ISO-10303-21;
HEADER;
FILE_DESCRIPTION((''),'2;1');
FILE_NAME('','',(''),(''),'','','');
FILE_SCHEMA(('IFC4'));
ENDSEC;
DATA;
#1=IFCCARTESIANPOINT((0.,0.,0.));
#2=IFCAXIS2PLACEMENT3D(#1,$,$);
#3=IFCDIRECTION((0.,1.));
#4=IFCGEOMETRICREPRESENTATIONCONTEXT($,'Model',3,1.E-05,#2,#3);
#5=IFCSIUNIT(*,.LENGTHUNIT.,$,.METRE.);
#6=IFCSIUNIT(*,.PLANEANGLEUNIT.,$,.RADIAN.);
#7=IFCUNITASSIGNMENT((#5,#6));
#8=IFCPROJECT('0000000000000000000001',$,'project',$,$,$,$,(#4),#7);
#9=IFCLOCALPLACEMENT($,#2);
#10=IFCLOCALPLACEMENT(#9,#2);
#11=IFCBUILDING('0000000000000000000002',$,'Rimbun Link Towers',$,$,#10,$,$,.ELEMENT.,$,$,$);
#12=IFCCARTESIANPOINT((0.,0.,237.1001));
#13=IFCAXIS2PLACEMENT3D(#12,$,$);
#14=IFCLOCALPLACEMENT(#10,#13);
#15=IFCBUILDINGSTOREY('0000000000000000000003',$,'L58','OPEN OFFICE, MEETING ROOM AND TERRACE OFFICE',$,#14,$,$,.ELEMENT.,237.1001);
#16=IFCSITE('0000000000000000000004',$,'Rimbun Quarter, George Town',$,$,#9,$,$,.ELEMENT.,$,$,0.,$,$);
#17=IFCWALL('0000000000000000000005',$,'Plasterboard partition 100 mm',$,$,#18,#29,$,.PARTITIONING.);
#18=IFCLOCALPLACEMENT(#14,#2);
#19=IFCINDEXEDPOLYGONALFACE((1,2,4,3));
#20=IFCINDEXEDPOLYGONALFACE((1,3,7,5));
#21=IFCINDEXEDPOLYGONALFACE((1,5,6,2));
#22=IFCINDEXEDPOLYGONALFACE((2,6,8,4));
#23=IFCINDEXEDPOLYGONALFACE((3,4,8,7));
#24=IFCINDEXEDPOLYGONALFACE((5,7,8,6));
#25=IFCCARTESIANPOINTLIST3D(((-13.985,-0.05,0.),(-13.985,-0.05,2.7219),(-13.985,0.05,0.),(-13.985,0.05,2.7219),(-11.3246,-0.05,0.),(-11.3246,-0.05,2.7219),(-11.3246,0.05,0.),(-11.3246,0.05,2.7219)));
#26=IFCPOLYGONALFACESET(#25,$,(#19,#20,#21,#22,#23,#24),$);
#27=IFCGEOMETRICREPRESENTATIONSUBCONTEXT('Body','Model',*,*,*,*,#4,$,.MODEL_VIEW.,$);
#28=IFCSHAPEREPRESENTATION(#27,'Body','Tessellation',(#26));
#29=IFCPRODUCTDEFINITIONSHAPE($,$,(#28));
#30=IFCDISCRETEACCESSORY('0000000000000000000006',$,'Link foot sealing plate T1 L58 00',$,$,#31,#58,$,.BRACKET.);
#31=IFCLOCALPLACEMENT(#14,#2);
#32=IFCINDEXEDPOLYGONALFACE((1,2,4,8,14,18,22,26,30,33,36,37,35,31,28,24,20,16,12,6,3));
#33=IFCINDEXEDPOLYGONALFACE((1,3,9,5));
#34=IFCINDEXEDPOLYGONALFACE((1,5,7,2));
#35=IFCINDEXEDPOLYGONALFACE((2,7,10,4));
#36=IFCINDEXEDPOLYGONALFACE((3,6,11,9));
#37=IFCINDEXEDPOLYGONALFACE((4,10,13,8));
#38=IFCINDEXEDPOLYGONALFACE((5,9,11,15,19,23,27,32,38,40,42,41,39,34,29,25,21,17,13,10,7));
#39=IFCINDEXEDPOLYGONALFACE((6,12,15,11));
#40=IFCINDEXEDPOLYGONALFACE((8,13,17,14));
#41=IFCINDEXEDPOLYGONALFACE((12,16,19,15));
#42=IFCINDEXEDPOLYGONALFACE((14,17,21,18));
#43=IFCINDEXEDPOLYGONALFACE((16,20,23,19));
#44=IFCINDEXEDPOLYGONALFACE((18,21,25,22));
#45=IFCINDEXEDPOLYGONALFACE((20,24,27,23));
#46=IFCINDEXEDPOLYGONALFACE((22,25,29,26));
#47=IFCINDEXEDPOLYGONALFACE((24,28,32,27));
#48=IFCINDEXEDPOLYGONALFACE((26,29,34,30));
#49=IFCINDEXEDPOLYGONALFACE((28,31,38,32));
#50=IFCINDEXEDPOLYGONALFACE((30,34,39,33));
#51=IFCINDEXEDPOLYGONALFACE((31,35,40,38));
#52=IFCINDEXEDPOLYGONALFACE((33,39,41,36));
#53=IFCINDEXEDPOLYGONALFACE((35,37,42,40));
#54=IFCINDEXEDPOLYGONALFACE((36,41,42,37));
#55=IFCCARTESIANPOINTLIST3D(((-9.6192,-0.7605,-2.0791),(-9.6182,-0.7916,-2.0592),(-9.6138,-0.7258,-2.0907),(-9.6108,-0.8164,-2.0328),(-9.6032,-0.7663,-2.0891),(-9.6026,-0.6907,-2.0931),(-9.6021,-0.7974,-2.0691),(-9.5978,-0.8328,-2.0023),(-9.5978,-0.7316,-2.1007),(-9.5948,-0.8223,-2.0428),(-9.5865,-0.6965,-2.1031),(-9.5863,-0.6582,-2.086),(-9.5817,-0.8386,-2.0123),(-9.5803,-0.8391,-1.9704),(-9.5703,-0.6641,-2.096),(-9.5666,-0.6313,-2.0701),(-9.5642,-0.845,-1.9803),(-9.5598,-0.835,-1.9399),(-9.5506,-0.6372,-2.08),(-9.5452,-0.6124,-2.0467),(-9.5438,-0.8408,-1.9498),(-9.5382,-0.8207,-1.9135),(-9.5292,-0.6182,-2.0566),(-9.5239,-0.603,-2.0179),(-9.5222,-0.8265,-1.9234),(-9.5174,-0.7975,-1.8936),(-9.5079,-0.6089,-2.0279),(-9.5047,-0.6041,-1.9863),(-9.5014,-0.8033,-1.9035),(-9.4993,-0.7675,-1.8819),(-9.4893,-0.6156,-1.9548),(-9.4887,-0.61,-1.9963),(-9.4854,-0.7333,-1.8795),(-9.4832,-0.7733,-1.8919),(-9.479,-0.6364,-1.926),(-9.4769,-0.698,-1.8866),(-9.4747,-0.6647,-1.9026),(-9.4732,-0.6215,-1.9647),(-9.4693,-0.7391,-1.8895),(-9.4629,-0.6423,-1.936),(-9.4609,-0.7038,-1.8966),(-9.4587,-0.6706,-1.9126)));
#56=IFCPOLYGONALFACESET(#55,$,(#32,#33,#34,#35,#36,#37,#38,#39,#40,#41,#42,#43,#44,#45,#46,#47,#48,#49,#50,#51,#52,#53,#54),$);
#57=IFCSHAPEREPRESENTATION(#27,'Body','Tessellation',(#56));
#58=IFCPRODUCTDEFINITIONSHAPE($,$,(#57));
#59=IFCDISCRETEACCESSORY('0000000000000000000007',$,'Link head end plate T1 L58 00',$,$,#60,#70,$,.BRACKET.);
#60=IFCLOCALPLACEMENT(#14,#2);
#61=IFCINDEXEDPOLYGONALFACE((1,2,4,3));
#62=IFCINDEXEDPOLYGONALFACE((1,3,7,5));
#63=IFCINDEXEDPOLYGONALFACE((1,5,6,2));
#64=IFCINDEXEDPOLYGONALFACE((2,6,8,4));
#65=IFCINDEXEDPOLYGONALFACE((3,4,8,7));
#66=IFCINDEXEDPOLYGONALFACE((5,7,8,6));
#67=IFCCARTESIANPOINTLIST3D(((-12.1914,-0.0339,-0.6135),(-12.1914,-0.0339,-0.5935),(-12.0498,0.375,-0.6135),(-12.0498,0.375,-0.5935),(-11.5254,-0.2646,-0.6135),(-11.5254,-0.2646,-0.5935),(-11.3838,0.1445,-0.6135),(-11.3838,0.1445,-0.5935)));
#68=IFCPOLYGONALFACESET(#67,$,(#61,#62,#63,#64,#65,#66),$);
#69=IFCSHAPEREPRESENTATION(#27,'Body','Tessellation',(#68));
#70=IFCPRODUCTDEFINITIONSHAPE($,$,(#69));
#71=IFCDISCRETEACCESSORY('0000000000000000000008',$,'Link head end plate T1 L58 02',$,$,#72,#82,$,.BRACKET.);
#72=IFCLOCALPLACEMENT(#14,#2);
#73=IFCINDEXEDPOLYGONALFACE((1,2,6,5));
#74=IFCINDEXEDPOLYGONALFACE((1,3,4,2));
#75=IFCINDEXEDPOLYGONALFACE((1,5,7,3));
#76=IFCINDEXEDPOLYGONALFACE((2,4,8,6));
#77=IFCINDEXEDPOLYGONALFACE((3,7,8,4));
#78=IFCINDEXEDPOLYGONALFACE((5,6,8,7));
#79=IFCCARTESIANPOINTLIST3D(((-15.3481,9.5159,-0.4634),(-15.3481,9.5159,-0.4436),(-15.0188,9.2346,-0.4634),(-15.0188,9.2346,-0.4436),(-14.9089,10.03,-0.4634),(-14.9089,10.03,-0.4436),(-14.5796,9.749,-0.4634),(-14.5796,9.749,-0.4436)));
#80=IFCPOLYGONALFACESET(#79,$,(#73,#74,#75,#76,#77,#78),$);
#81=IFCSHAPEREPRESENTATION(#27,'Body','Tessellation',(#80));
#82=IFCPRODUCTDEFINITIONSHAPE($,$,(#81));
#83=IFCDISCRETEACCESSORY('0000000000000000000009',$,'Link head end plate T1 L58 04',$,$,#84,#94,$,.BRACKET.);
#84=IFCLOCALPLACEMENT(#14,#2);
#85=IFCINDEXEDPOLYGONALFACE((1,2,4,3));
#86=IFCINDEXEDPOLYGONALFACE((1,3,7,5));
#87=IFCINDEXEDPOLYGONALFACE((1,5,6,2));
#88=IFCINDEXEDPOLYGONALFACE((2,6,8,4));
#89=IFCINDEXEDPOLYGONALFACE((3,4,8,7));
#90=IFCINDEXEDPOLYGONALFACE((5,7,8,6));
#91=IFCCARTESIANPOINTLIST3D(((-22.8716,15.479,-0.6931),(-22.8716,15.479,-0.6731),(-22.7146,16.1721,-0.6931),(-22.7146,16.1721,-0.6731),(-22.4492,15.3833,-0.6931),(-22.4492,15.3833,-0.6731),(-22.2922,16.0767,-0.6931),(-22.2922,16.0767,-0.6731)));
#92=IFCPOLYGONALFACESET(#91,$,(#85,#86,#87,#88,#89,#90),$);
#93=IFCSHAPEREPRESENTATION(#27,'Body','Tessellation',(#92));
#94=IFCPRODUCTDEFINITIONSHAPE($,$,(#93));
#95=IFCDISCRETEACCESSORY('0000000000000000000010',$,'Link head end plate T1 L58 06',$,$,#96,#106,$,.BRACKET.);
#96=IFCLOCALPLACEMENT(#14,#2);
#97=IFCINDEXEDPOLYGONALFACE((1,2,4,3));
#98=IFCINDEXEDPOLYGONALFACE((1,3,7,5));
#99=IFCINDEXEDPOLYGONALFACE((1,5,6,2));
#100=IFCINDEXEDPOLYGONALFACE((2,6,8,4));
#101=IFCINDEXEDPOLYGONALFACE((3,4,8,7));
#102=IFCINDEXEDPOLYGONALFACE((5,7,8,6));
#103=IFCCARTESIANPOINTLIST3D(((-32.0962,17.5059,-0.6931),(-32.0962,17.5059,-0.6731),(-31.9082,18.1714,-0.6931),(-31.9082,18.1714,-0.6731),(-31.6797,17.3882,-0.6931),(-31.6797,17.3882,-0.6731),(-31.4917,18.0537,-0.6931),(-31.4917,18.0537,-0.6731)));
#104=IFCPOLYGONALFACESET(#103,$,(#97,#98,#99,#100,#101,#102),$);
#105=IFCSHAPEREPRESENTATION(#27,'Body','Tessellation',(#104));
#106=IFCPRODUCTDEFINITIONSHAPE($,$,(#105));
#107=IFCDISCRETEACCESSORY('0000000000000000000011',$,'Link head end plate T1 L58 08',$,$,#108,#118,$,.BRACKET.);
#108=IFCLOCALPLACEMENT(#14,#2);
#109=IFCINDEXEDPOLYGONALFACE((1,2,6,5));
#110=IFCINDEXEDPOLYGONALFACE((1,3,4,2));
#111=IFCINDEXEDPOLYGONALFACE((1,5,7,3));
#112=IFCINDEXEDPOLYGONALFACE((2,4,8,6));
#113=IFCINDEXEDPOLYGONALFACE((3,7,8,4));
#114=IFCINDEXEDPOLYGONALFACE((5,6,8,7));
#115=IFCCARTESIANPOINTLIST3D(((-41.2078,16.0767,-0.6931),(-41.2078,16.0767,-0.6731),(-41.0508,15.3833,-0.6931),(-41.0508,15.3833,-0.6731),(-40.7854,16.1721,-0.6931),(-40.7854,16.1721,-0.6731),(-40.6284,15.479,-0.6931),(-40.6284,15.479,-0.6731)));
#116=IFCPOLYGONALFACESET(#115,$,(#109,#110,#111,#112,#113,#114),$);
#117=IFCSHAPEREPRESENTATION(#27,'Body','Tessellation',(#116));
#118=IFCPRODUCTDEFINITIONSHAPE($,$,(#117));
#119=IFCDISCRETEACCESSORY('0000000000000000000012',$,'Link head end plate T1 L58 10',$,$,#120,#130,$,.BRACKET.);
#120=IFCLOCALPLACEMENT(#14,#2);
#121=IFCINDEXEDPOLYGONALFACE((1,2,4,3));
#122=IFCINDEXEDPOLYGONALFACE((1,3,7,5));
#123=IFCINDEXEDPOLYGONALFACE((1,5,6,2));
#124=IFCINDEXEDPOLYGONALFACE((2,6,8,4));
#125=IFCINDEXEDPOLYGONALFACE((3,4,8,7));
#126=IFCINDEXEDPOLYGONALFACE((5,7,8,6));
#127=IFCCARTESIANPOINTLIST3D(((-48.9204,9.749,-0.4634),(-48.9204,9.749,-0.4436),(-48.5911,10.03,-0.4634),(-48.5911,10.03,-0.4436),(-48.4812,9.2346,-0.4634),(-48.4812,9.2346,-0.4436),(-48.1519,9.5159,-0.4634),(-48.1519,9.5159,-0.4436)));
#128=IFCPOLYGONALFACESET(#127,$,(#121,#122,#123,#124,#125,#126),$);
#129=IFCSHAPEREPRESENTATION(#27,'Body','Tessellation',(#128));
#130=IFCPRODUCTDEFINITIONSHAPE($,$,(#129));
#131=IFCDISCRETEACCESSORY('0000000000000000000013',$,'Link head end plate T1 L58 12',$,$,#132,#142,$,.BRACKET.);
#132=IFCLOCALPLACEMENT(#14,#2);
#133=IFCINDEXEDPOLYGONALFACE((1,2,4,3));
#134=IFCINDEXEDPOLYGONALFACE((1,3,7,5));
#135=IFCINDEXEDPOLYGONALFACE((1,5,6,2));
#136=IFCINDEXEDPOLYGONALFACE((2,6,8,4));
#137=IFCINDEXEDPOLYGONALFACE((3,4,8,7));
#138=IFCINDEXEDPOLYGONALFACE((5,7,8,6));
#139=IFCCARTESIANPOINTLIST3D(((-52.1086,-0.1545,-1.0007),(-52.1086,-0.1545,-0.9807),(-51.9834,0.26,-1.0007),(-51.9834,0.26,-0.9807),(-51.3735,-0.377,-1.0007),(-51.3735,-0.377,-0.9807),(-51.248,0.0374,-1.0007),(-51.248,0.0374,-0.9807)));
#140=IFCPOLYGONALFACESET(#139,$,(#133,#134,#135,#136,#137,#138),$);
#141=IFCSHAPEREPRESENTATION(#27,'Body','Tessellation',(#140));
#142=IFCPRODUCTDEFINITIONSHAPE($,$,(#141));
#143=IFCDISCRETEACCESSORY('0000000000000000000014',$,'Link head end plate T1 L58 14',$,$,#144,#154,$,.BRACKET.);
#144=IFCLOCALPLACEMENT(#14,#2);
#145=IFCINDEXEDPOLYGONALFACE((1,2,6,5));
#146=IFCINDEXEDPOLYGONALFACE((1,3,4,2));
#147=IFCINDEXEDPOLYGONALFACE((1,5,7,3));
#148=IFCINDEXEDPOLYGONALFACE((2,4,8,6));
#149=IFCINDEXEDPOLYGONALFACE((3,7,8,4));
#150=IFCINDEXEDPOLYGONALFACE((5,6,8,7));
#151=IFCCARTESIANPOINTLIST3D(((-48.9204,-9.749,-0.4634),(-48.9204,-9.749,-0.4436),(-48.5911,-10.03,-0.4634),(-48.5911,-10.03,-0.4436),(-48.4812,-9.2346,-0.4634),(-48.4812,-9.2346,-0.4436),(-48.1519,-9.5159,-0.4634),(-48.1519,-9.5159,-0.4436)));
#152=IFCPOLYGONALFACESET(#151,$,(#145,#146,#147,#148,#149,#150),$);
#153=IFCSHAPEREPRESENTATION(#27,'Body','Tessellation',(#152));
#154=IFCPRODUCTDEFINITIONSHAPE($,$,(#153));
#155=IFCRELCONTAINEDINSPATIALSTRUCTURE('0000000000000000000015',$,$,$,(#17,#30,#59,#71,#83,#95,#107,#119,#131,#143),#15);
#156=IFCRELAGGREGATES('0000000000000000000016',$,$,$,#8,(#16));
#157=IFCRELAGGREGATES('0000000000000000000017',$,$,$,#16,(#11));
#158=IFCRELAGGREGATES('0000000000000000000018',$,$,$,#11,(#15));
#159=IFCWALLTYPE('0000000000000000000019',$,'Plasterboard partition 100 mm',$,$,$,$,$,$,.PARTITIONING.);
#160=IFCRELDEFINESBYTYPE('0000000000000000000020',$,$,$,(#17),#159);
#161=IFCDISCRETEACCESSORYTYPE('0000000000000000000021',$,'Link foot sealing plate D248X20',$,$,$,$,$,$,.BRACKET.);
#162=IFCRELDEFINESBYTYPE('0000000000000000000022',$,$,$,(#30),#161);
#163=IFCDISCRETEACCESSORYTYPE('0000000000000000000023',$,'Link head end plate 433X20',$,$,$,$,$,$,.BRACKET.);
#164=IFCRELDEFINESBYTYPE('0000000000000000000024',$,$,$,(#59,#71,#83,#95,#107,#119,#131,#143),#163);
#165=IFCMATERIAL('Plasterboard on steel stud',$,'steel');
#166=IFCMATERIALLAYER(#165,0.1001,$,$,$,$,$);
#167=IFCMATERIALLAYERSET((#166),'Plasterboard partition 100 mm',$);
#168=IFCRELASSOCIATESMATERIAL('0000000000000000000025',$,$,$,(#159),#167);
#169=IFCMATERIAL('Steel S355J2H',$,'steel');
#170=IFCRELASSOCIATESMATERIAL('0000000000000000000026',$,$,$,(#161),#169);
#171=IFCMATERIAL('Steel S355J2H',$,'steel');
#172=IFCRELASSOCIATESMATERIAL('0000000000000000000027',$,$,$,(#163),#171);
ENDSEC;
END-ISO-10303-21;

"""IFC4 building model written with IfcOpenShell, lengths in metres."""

from ifc_helpers import new_model, si_unit, direction, frame, frame_2d, origin, origin_2d, place, context, subcontext, project, spatial, polyline, rectangle, circle, outline, extrude, material, layer, layer_set, material_profile, profile_set, type_object, element, save


model = new_model("IFC4")

# Units and contexts
model_context = context("Model", 3, precision=1e-05, world=origin(), true_north=direction((0.0, 1.0)))
body_context = subcontext(model_context, "Body", "Model", "MODEL_VIEW")
ifc_project = project(units=[si_unit("LENGTHUNIT", "METRE"), si_unit("PLANEANGLEUNIT", "RADIAN")], contexts=[model_context])

# Site, building, storey
site_placement = place(None, origin())
site = spatial("IfcSite", under=ifc_project, at=site_placement, Name="Rimbun Quarter, George Town", CompositionType="ELEMENT", RefElevation=0.0)
building_placement = place(site_placement, origin())
building = spatial("IfcBuilding", under=site, at=building_placement, Name="Rimbun Link Towers", CompositionType="ELEMENT")
storey_placement = place(building_placement, frame((0.0, 0.0, 237.1001)))
storey = spatial("IfcBuildingStorey", under=building, at=storey_placement, Name="L58", Description="OPEN OFFICE, MEETING ROOM AND TERRACE OFFICE", CompositionType="ELEMENT", Elevation=237.1001)

# Wall
ifc_material_1 = material(Name="Plasterboard on steel stud", Category="steel")
ifc_layer_1 = layer(ifc_material_1, 0.1001)
ifc_layer_set_1 = layer_set([ifc_layer_1], Name="Plasterboard partition 100 mm")
wall_type = type_object("IfcWallType", Name="Plasterboard partition 100 mm", PredefinedType="PARTITIONING", material=ifc_layer_set_1)
wall_placement = place(storey_placement, frame((-11.3247, 0.0, 0.0), z_axis=(0.0, 0.0, 1.0), x_axis=(-1.0, 0.0, 0.0)))
element("IfcWall", 1, at=wall_placement, inside=storey, type_object=wall_type, Name="Plasterboard partition 100 mm", PredefinedType="PARTITIONING", context=body_context, shape_type="SweptSolid", body=[
    extrude(rectangle(XDim=2.6604, YDim=0.1001, at=frame_2d((1.3301, 0.0))), origin(), (0.0, 0.0, 1.0), 2.7219),
])

# Discrete accessories
ifc_material_2 = material(Name="Steel S355J2H", Category="steel")
ifc_material_profile_1 = material_profile(ifc_material_2, circle(Radius=0.124, at=origin_2d()), Name="PL D248")
ifc_profile_set_1 = profile_set([ifc_material_profile_1], Name="Steel S355J2H")
discrete_accessory_type_1 = type_object("IfcDiscreteAccessoryType", Name="Link foot sealing plate D248X20", PredefinedType="BRACKET", material=ifc_profile_set_1)
discrete_accessory_1_placement = place(storey_placement, frame((-9.5471, -0.7207, -1.9863), z_axis=(0.811605, -0.295129, -0.504179), x_axis=(0.341743, 0.939793, 0.0)))
element("IfcDiscreteAccessory", 2, at=discrete_accessory_1_placement, inside=storey, type_object=discrete_accessory_type_1, Name="Link foot sealing plate T1 L58 00", PredefinedType="BRACKET", context=body_context, shape_type="SweptSolid", body=[
    extrude(circle(Radius=0.124, at=origin_2d()), origin(), (0.0, 0.0, 1.0), 0.0198),
])
ifc_material_3 = material(Name="Steel S355J2H", Category="steel")
ifc_material_profile_2 = material_profile(ifc_material_3, rectangle(XDim=0.4331, YDim=0.4331, at=origin_2d()), Name="PL 433x433")
ifc_profile_set_2 = profile_set([ifc_material_profile_2], Name="Steel S355J2H")
discrete_accessory_type_2 = type_object("IfcDiscreteAccessoryType", Name="Link head end plate 433X20", PredefinedType="BRACKET", material=ifc_profile_set_2)
discrete_accessory_2_placement = place(storey_placement, frame((0.0, 0.0, -0.6135)))
element("IfcDiscreteAccessory", 3, at=discrete_accessory_2_placement, inside=storey, type_object=discrete_accessory_type_2, Name="Link head end plate T1 L58 00", PredefinedType="BRACKET", context=body_context, shape_type="SweptSolid", body=[
    extrude(outline(polyline([(-12.1914, -0.0339), (-11.5254, -0.2646), (-11.3838, 0.1445), (-12.0498, 0.375), (-12.1914, -0.0339)])), origin(), (0.0, 0.0, 1.0), 0.02),
])
discrete_accessory_3_placement = place(storey_placement, frame((0.0, 0.0, -0.4634)))
element("IfcDiscreteAccessory", 4, at=discrete_accessory_3_placement, inside=storey, type_object=discrete_accessory_type_2, Name="Link head end plate T1 L58 02", PredefinedType="BRACKET", context=body_context, shape_type="SweptSolid", body=[
    extrude(outline(polyline([(-15.0188, 9.2346), (-14.5796, 9.749), (-14.9089, 10.03), (-15.3481, 9.5159), (-15.0188, 9.2346)])), origin(), (0.0, 0.0, 1.0), 0.0198),
])
discrete_accessory_4_placement = place(storey_placement, frame((0.0, 0.0, -0.6931)))
element("IfcDiscreteAccessory", 5, at=discrete_accessory_4_placement, inside=storey, type_object=discrete_accessory_type_2, Name="Link head end plate T1 L58 04", PredefinedType="BRACKET", context=body_context, shape_type="SweptSolid", body=[
    extrude(outline(polyline([(-22.4492, 15.3833), (-22.2922, 16.0767), (-22.7146, 16.1721), (-22.8716, 15.479), (-22.4492, 15.3833)])), origin(), (0.0, 0.0, 1.0), 0.02),
])
discrete_accessory_5_placement = place(storey_placement, frame((0.0, 0.0, -0.6931)))
element("IfcDiscreteAccessory", 6, at=discrete_accessory_5_placement, inside=storey, type_object=discrete_accessory_type_2, Name="Link head end plate T1 L58 06", PredefinedType="BRACKET", context=body_context, shape_type="SweptSolid", body=[
    extrude(outline(polyline([(-31.6797, 17.3882), (-31.4917, 18.0537), (-31.9082, 18.1714), (-32.0962, 17.5059), (-31.6797, 17.3882)])), origin(), (0.0, 0.0, 1.0), 0.02),
])
discrete_accessory_6_placement = place(storey_placement, frame((0.0, 0.0, -0.6931)))
element("IfcDiscreteAccessory", 7, at=discrete_accessory_6_placement, inside=storey, type_object=discrete_accessory_type_2, Name="Link head end plate T1 L58 08", PredefinedType="BRACKET", context=body_context, shape_type="SweptSolid", body=[
    extrude(outline(polyline([(-40.6284, 15.479), (-40.7854, 16.1721), (-41.2078, 16.0767), (-41.0508, 15.3833), (-40.6284, 15.479)])), origin(), (0.0, 0.0, 1.0), 0.02),
])
discrete_accessory_7_placement = place(storey_placement, frame((0.0, 0.0, -0.4634)))
element("IfcDiscreteAccessory", 8, at=discrete_accessory_7_placement, inside=storey, type_object=discrete_accessory_type_2, Name="Link head end plate T1 L58 10", PredefinedType="BRACKET", context=body_context, shape_type="SweptSolid", body=[
    extrude(outline(polyline([(-48.1519, 9.5159), (-48.5911, 10.03), (-48.9204, 9.749), (-48.4812, 9.2346), (-48.1519, 9.5159)])), origin(), (0.0, 0.0, 1.0), 0.0198),
])
discrete_accessory_8_placement = place(storey_placement, frame((0.0, 0.0, -1.0007)))
element("IfcDiscreteAccessory", 9, at=discrete_accessory_8_placement, inside=storey, type_object=discrete_accessory_type_2, Name="Link head end plate T1 L58 12", PredefinedType="BRACKET", context=body_context, shape_type="SweptSolid", body=[
    extrude(outline(polyline([(-51.248, 0.0374), (-51.9834, 0.26), (-52.1086, -0.1545), (-51.3735, -0.377), (-51.248, 0.0374)])), origin(), (0.0, 0.0, 1.0), 0.02),
])
discrete_accessory_9_placement = place(storey_placement, frame((0.0, 0.0, -0.4634)))
element("IfcDiscreteAccessory", 10, at=discrete_accessory_9_placement, inside=storey, type_object=discrete_accessory_type_2, Name="Link head end plate T1 L58 14", PredefinedType="BRACKET", context=body_context, shape_type="SweptSolid", body=[
    extrude(outline(polyline([(-48.4812, -9.2346), (-48.9204, -9.749), (-48.5911, -10.03), (-48.1519, -9.5159), (-48.4812, -9.2346)])), origin(), (0.0, 0.0, 1.0), 0.0198),
])

save(model, "model.ifc")
